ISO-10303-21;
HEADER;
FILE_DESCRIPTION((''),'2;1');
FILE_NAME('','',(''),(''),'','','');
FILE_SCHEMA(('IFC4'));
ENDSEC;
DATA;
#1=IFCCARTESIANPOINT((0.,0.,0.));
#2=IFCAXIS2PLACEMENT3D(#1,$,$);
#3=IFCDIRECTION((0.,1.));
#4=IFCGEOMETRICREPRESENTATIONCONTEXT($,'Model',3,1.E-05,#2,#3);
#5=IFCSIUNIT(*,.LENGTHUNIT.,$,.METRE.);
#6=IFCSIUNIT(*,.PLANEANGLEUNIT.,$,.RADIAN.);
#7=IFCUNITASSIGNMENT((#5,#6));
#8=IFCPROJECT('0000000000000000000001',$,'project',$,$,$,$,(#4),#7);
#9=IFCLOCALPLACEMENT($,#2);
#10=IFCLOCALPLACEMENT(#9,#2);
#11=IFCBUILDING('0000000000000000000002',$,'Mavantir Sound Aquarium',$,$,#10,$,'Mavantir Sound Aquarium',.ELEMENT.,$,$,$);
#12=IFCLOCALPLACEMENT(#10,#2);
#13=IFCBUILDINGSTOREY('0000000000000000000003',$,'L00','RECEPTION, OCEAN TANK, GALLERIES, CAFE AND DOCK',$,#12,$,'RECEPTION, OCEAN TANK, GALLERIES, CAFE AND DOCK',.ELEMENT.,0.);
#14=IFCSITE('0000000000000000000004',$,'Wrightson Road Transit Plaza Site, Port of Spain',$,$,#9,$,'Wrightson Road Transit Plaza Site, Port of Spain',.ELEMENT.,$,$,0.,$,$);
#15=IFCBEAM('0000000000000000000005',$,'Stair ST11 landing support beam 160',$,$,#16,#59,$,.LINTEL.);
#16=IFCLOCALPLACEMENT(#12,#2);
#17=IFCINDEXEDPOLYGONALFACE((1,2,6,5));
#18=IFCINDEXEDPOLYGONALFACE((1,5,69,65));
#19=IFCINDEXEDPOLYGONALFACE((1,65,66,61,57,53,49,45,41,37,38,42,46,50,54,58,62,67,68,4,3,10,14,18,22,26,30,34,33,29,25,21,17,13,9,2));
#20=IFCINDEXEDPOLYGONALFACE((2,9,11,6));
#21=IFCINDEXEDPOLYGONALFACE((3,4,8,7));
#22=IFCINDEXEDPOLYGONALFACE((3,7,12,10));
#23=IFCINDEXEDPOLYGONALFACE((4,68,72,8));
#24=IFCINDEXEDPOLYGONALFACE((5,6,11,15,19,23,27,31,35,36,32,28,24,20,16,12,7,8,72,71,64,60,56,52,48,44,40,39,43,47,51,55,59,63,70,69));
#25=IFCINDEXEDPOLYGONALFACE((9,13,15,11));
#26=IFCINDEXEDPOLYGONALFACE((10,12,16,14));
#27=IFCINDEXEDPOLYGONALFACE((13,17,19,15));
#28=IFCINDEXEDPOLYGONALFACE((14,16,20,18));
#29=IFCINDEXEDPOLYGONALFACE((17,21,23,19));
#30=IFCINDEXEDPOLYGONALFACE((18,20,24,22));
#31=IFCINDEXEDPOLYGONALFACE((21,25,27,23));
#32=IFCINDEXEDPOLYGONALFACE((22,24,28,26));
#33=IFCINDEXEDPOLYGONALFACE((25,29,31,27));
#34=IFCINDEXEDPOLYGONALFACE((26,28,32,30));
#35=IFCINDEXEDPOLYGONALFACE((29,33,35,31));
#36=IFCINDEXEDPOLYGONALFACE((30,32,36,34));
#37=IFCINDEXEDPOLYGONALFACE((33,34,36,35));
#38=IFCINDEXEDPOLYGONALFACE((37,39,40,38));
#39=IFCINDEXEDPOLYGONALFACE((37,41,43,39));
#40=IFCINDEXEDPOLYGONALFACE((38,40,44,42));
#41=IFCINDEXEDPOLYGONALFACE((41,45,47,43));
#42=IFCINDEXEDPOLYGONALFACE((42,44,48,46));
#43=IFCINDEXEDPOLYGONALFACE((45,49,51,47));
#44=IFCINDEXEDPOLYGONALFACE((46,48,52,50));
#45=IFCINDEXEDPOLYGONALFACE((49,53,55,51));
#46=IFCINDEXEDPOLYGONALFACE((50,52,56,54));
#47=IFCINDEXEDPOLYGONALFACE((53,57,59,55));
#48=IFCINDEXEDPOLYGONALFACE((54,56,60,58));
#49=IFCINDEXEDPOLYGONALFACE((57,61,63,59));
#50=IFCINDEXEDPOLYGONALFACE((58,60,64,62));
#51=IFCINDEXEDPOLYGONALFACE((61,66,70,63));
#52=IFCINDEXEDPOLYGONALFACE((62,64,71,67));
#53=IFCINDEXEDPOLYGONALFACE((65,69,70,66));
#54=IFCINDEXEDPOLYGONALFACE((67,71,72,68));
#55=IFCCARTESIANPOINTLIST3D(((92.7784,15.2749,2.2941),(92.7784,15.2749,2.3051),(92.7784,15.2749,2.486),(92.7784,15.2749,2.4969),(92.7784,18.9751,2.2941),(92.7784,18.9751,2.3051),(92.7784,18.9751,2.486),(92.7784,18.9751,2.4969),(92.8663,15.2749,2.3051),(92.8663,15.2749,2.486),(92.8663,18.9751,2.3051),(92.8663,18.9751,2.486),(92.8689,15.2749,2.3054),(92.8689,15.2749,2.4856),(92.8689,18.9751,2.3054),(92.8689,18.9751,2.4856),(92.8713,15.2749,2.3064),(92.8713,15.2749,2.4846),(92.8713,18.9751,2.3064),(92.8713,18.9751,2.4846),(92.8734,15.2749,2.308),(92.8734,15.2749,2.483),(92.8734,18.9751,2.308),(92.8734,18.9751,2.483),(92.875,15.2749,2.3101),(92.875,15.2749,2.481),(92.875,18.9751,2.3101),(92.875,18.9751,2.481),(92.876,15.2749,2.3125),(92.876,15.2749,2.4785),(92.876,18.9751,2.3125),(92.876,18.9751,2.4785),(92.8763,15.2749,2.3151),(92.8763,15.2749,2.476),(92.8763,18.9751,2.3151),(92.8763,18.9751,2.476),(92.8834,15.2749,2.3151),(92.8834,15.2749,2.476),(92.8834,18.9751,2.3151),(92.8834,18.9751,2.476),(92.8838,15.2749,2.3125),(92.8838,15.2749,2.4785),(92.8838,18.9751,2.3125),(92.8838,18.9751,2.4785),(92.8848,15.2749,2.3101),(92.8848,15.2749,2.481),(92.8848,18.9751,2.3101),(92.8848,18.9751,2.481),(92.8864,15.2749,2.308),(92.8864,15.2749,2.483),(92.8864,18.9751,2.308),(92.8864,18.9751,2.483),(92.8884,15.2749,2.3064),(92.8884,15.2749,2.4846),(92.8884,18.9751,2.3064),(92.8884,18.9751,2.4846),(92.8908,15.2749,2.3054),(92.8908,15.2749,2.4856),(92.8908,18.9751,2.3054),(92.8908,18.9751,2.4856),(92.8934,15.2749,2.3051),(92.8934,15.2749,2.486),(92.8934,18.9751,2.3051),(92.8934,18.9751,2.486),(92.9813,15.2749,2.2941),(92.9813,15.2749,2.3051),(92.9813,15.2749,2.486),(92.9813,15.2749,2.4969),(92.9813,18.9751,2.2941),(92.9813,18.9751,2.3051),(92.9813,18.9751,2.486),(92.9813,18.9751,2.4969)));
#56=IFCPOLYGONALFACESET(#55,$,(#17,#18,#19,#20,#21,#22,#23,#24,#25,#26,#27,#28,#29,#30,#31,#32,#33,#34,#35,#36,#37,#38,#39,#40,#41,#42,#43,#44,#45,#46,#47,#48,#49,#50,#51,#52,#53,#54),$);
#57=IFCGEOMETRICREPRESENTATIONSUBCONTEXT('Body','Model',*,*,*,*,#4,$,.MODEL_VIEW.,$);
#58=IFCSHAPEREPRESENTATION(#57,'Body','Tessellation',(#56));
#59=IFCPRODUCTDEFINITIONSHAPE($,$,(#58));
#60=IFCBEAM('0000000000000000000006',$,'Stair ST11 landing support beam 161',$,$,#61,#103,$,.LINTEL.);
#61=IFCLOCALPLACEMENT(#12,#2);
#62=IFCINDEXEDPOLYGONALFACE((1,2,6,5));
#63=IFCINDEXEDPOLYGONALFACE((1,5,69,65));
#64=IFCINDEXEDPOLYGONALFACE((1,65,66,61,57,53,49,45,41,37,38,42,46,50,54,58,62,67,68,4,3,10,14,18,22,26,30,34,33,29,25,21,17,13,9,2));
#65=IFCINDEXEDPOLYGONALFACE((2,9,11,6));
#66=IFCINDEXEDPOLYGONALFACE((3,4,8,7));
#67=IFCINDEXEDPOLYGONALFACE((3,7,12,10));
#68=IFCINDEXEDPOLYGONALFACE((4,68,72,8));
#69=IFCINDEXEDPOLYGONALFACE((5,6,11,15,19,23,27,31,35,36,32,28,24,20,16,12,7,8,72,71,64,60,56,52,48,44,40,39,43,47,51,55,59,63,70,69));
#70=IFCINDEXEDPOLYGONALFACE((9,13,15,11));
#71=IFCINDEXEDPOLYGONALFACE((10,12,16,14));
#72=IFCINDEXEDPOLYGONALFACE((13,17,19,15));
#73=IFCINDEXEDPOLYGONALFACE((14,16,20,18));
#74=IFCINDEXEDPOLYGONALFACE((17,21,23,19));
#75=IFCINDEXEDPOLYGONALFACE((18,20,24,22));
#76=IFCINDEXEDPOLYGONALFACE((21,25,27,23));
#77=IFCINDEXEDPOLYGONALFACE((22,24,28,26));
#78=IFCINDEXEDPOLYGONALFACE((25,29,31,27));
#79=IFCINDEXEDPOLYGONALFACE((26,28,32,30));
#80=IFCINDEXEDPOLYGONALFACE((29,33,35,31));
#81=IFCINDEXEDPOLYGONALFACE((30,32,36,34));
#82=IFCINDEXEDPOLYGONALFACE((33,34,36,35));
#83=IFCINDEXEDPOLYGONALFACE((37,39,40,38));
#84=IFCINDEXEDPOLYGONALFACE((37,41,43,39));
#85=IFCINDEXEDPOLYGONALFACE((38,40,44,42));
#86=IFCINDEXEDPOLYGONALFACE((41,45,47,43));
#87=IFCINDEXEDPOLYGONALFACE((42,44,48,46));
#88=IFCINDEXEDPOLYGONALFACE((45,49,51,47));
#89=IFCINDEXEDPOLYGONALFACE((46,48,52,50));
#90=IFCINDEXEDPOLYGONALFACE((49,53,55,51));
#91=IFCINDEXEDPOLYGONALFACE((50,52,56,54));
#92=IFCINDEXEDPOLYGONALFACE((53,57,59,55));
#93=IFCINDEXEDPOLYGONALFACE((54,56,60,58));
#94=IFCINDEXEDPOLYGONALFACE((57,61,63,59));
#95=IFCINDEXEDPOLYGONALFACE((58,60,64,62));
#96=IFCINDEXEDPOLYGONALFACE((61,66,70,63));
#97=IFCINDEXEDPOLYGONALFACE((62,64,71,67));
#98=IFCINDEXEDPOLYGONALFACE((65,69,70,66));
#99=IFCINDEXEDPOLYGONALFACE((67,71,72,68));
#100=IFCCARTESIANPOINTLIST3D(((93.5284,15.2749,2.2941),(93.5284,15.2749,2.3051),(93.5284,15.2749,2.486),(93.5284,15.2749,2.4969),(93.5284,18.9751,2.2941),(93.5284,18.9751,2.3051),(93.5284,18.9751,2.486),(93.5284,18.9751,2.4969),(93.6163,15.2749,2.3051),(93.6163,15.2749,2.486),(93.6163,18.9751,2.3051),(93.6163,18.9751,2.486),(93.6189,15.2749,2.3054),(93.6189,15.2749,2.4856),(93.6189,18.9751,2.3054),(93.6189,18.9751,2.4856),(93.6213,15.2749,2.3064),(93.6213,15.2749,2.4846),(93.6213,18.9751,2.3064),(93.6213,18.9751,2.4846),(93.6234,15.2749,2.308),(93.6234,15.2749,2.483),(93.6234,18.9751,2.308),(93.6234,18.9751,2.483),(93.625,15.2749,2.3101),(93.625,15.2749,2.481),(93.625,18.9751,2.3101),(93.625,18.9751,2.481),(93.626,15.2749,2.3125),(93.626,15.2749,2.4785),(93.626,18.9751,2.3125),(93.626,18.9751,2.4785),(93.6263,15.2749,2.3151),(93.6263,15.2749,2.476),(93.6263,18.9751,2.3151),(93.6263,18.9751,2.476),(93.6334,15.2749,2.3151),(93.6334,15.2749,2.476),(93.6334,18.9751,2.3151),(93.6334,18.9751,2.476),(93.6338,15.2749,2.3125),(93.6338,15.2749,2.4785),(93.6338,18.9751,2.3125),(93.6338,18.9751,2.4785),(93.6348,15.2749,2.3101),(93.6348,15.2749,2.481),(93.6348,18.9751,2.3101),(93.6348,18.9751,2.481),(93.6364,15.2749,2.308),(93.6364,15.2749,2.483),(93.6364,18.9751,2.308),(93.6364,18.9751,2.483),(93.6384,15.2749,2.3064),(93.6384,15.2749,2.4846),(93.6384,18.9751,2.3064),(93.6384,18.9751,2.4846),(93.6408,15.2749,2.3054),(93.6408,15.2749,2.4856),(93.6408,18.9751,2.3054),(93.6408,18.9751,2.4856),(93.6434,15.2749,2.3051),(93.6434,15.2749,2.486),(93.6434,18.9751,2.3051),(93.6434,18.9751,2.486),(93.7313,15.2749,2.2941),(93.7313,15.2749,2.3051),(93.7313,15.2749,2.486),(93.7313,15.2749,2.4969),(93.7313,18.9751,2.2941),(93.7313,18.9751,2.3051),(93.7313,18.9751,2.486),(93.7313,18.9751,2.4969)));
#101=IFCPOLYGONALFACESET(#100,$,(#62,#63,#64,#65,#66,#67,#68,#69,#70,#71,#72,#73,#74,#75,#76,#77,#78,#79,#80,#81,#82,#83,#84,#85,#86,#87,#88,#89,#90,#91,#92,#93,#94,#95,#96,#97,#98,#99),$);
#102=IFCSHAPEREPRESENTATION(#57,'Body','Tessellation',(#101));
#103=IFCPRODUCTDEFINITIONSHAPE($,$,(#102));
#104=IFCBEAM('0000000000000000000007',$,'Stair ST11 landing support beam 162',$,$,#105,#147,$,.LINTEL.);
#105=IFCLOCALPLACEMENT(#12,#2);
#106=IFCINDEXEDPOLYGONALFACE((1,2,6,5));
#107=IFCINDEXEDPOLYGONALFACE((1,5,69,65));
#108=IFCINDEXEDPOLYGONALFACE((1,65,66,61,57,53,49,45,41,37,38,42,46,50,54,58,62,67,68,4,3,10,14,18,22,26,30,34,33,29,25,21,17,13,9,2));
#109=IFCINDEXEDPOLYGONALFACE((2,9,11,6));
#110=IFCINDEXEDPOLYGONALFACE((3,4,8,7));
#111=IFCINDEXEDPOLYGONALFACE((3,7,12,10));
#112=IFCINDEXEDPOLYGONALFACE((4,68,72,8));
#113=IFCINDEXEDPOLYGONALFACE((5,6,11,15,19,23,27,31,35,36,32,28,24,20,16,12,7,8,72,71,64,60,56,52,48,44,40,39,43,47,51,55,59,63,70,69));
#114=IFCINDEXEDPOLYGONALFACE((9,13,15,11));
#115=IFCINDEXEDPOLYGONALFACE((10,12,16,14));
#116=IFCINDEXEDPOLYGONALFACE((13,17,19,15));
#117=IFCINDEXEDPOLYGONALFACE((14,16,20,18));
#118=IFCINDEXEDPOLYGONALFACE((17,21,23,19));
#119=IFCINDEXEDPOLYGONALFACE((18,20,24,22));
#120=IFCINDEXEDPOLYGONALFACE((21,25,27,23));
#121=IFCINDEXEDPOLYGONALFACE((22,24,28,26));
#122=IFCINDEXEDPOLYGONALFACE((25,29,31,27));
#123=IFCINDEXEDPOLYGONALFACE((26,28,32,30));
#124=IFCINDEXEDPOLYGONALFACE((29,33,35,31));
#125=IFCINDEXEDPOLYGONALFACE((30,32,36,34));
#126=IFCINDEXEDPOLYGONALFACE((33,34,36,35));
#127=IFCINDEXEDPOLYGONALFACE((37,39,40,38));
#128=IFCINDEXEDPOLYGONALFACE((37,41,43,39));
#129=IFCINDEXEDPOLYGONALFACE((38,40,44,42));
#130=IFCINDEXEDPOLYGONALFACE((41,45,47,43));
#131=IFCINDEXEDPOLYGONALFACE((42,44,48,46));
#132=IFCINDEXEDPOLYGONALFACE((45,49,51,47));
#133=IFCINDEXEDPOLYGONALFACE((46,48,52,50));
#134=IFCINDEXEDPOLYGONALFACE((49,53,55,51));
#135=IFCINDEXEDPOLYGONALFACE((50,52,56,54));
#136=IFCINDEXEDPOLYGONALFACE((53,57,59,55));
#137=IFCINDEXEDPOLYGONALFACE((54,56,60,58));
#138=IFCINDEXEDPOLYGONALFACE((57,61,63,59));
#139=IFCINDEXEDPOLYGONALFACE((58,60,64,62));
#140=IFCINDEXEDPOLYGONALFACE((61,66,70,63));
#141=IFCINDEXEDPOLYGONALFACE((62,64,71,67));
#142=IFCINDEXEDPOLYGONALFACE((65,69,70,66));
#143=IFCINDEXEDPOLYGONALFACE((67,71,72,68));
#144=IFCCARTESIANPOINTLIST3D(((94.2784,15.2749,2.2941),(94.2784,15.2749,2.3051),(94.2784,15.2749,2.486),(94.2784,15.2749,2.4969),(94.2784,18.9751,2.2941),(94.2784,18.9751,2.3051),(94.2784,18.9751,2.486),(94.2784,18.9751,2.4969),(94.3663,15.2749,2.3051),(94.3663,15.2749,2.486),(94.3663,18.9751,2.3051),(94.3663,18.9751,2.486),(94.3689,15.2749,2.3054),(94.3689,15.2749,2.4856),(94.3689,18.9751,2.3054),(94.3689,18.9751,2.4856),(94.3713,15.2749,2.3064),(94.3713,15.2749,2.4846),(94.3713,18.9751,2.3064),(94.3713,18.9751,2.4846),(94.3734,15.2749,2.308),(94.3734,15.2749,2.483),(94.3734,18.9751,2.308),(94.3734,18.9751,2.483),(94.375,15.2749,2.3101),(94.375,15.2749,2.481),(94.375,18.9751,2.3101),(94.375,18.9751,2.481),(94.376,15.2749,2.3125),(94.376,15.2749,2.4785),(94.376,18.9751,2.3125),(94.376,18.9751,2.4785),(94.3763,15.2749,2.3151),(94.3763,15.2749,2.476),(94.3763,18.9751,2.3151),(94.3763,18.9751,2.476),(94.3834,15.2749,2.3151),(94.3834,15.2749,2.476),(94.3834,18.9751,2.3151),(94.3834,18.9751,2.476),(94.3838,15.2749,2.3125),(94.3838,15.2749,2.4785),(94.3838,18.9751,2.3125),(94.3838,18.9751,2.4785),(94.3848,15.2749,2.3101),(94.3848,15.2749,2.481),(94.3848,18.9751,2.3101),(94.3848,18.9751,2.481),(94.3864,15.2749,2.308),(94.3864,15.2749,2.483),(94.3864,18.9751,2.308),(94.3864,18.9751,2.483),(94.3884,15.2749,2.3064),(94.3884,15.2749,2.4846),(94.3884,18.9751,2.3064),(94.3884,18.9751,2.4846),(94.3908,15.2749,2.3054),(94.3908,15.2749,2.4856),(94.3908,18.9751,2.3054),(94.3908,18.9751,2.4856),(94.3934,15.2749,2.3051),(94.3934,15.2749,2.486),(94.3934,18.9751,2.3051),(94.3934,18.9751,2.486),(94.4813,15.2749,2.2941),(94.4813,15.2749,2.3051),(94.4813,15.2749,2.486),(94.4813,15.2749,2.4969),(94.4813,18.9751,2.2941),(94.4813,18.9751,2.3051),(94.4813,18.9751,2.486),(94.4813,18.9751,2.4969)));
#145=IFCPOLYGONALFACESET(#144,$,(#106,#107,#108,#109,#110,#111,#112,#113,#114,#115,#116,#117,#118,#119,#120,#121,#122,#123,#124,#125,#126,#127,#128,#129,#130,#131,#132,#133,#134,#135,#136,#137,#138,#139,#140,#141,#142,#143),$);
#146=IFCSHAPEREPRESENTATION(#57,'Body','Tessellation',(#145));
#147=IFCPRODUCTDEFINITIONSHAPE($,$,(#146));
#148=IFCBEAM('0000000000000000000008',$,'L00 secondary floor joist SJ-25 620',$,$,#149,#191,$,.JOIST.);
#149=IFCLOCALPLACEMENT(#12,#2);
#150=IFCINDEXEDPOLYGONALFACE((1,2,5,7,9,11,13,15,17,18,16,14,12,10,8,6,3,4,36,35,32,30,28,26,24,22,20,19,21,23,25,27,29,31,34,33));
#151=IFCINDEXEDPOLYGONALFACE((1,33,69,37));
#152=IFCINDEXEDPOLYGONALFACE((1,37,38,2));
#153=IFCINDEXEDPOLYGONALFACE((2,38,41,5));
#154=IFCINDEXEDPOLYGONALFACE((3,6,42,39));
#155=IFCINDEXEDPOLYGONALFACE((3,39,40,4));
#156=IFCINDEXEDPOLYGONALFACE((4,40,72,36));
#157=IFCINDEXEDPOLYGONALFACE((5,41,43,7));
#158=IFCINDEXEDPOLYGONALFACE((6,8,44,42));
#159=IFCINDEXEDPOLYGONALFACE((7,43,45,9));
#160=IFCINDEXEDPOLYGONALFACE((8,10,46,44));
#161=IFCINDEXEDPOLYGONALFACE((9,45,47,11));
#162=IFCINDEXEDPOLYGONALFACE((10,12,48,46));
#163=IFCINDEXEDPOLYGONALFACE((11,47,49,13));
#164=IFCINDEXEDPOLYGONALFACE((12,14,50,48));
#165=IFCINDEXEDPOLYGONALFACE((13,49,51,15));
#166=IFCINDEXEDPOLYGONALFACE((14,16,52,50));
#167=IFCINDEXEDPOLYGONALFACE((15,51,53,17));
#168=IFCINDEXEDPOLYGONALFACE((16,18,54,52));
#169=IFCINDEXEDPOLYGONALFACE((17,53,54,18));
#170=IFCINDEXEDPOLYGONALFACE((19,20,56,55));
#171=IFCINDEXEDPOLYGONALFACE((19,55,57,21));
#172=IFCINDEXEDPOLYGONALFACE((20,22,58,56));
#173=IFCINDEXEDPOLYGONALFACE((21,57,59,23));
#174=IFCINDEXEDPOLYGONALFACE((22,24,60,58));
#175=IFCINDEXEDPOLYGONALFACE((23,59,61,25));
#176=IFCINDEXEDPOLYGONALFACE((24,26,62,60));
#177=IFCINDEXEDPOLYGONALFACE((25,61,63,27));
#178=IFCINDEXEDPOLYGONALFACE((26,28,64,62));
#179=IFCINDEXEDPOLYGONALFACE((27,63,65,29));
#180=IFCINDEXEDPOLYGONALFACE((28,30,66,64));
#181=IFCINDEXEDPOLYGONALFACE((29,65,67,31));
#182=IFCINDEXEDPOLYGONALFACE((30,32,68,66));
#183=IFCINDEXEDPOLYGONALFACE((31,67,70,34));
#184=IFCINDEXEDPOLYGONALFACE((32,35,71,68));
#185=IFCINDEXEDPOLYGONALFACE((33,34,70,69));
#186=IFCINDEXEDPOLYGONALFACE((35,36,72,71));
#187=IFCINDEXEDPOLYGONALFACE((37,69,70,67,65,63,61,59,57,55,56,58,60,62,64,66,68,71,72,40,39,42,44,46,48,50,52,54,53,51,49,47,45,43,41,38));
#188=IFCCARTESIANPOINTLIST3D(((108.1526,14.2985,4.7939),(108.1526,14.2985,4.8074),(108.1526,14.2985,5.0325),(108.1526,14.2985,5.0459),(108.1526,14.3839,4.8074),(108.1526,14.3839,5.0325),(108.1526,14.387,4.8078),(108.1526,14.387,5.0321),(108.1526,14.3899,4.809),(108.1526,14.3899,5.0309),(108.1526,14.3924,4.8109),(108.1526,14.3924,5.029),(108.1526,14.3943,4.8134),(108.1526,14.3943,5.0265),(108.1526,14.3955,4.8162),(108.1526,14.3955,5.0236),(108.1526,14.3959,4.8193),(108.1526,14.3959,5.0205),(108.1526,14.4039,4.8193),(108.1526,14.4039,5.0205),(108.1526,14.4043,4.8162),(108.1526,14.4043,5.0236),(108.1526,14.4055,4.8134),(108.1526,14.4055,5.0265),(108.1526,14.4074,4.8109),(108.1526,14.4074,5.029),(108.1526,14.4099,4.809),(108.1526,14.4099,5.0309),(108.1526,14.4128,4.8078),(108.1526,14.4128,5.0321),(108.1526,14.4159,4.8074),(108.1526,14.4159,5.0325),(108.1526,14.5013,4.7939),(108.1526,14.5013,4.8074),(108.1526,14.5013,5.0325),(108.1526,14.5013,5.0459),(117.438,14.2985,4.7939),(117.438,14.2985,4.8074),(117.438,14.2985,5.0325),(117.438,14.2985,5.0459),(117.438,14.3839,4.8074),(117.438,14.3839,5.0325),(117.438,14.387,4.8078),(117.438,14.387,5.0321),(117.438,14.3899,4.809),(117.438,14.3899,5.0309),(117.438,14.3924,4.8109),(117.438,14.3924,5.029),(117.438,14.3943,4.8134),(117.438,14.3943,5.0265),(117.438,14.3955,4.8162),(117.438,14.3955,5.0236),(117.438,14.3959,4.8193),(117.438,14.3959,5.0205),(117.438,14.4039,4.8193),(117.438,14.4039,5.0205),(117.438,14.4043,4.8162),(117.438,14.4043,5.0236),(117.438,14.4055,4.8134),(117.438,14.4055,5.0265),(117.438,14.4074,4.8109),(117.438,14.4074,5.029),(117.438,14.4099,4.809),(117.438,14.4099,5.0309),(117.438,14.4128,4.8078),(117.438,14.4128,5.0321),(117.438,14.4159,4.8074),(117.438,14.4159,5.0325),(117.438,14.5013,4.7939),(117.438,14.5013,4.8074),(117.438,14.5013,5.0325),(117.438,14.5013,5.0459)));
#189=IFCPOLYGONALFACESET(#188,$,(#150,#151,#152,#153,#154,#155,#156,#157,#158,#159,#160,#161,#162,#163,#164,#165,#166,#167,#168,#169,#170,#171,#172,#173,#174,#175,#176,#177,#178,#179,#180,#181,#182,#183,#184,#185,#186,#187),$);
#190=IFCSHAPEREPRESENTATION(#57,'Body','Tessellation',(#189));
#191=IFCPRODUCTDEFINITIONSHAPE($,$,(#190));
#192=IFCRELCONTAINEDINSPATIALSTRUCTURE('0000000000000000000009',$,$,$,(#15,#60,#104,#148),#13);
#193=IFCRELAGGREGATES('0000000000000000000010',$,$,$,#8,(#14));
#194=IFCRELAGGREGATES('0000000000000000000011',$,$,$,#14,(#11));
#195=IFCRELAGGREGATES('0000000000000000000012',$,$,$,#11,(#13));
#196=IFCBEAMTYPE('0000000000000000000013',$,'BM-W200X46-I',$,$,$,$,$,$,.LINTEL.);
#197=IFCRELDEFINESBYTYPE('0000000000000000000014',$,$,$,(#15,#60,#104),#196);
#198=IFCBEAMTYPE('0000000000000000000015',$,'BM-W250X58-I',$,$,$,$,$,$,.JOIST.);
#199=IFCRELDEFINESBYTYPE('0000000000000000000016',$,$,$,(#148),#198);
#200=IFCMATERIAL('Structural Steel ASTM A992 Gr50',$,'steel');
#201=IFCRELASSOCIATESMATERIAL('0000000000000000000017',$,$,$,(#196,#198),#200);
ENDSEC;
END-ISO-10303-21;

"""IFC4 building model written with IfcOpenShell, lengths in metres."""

from ifc_helpers import new_model, si_unit, direction, frame, origin, origin_2d, place, context, subcontext, project, spatial, i_section, extrude, material, material_profile, profile_set, type_object, element, save


model = new_model("IFC4")

# Units and contexts
model_context = context("Model", 3, precision=1e-05, world=origin(), true_north=direction((0.0, 1.0)))
body_context = subcontext(model_context, "Body", "Model", "MODEL_VIEW")
ifc_project = project(units=[si_unit("LENGTHUNIT", "METRE"), si_unit("PLANEANGLEUNIT", "RADIAN")], contexts=[model_context])

# Site, building, storey
site_placement = place(None, origin())
site = spatial("IfcSite", under=ifc_project, at=site_placement, Name="Wrightson Road Transit Plaza Site, Port of Spain", LongName="Wrightson Road Transit Plaza Site, Port of Spain", CompositionType="ELEMENT", RefElevation=0.0)
building_placement = place(site_placement, origin())
building = spatial("IfcBuilding", under=site, at=building_placement, Name="Mavantir Sound Aquarium", LongName="Mavantir Sound Aquarium", CompositionType="ELEMENT")
storey_placement = place(building_placement, origin())
storey = spatial("IfcBuildingStorey", under=building, at=storey_placement, Name="L00", Description="RECEPTION, OCEAN TANK, GALLERIES, CAFE AND DOCK", LongName="RECEPTION, OCEAN TANK, GALLERIES, CAFE AND DOCK", CompositionType="ELEMENT", Elevation=0.0)

# Beams
ifc_material_1 = material(Name="Structural Steel ASTM A992 Gr50", Category="steel")
ifc_material_profile_1 = material_profile(ifc_material_1, i_section(OverallWidth=0.2029, OverallDepth=0.2029, WebThickness=0.0071, FlangeThickness=0.011, FilletRadius=0.01, at=origin_2d()), Name="W200X46")
ifc_profile_set_1 = profile_set([ifc_material_profile_1], Name="Structural Steel ASTM A992 Gr50")
beam_type_1 = type_object("IfcBeamType", Name="BM-W200X46-I", PredefinedType="LINTEL", material=ifc_profile_set_1)
for number, where, z_axis, x_axis, name in (
    (1, (92.8799, 15.2749, 2.3955), (0.0, 1.0, 0.0), (-1.0, 0.0, 0.0), "Stair ST11 landing support beam 160"),
    (2, (93.6299, 15.2749, 2.3955), (0.0, 1.0, 0.0), (-1.0, 0.0, 0.0), "Stair ST11 landing support beam 161"),
    (3, (94.3799, 15.2749, 2.3955), (0.0, 1.0, 0.0), (-1.0, 0.0, 0.0), "Stair ST11 landing support beam 162"),
):
    element("IfcBeam", number, at=place(storey_placement, frame(where, z_axis=z_axis, x_axis=x_axis)), inside=storey, type_object=beam_type_1, Name=name, PredefinedType="LINTEL", context=body_context, shape_type="SweptSolid", body=[
        extrude(i_section(OverallWidth=0.2029, OverallDepth=0.2029, WebThickness=0.0071, FlangeThickness=0.011, FilletRadius=0.01, at=origin_2d()), origin(), (0.0, 0.0, 1.0), 3.7002),
    ])
ifc_material_profile_2 = material_profile(ifc_material_1, i_section(OverallWidth=0.2029, OverallDepth=0.252, WebThickness=0.0081, FlangeThickness=0.0134, FilletRadius=0.012, at=origin_2d()), Name="W250X58")
ifc_profile_set_2 = profile_set([ifc_material_profile_2], Name="Structural Steel ASTM A992 Gr50")
beam_type_2 = type_object("IfcBeamType", Name="BM-W250X58-I", PredefinedType="JOIST", material=ifc_profile_set_2)
beam_1_placement = place(storey_placement, frame((108.1526, 14.3999, 4.9199), z_axis=(1.0, 0.0, 0.0), x_axis=(0.0, 1.0, 0.0)))
element("IfcBeam", 4, at=beam_1_placement, inside=storey, type_object=beam_type_2, Name="L00 secondary floor joist SJ-25 620", PredefinedType="JOIST", context=body_context, shape_type="SweptSolid", body=[
    extrude(i_section(OverallWidth=0.2029, OverallDepth=0.252, WebThickness=0.0081, FlangeThickness=0.0134, FilletRadius=0.012, at=origin_2d()), origin(), (0.0, 0.0, 1.0), 9.2854),
])

save(model, "model.ifc")
